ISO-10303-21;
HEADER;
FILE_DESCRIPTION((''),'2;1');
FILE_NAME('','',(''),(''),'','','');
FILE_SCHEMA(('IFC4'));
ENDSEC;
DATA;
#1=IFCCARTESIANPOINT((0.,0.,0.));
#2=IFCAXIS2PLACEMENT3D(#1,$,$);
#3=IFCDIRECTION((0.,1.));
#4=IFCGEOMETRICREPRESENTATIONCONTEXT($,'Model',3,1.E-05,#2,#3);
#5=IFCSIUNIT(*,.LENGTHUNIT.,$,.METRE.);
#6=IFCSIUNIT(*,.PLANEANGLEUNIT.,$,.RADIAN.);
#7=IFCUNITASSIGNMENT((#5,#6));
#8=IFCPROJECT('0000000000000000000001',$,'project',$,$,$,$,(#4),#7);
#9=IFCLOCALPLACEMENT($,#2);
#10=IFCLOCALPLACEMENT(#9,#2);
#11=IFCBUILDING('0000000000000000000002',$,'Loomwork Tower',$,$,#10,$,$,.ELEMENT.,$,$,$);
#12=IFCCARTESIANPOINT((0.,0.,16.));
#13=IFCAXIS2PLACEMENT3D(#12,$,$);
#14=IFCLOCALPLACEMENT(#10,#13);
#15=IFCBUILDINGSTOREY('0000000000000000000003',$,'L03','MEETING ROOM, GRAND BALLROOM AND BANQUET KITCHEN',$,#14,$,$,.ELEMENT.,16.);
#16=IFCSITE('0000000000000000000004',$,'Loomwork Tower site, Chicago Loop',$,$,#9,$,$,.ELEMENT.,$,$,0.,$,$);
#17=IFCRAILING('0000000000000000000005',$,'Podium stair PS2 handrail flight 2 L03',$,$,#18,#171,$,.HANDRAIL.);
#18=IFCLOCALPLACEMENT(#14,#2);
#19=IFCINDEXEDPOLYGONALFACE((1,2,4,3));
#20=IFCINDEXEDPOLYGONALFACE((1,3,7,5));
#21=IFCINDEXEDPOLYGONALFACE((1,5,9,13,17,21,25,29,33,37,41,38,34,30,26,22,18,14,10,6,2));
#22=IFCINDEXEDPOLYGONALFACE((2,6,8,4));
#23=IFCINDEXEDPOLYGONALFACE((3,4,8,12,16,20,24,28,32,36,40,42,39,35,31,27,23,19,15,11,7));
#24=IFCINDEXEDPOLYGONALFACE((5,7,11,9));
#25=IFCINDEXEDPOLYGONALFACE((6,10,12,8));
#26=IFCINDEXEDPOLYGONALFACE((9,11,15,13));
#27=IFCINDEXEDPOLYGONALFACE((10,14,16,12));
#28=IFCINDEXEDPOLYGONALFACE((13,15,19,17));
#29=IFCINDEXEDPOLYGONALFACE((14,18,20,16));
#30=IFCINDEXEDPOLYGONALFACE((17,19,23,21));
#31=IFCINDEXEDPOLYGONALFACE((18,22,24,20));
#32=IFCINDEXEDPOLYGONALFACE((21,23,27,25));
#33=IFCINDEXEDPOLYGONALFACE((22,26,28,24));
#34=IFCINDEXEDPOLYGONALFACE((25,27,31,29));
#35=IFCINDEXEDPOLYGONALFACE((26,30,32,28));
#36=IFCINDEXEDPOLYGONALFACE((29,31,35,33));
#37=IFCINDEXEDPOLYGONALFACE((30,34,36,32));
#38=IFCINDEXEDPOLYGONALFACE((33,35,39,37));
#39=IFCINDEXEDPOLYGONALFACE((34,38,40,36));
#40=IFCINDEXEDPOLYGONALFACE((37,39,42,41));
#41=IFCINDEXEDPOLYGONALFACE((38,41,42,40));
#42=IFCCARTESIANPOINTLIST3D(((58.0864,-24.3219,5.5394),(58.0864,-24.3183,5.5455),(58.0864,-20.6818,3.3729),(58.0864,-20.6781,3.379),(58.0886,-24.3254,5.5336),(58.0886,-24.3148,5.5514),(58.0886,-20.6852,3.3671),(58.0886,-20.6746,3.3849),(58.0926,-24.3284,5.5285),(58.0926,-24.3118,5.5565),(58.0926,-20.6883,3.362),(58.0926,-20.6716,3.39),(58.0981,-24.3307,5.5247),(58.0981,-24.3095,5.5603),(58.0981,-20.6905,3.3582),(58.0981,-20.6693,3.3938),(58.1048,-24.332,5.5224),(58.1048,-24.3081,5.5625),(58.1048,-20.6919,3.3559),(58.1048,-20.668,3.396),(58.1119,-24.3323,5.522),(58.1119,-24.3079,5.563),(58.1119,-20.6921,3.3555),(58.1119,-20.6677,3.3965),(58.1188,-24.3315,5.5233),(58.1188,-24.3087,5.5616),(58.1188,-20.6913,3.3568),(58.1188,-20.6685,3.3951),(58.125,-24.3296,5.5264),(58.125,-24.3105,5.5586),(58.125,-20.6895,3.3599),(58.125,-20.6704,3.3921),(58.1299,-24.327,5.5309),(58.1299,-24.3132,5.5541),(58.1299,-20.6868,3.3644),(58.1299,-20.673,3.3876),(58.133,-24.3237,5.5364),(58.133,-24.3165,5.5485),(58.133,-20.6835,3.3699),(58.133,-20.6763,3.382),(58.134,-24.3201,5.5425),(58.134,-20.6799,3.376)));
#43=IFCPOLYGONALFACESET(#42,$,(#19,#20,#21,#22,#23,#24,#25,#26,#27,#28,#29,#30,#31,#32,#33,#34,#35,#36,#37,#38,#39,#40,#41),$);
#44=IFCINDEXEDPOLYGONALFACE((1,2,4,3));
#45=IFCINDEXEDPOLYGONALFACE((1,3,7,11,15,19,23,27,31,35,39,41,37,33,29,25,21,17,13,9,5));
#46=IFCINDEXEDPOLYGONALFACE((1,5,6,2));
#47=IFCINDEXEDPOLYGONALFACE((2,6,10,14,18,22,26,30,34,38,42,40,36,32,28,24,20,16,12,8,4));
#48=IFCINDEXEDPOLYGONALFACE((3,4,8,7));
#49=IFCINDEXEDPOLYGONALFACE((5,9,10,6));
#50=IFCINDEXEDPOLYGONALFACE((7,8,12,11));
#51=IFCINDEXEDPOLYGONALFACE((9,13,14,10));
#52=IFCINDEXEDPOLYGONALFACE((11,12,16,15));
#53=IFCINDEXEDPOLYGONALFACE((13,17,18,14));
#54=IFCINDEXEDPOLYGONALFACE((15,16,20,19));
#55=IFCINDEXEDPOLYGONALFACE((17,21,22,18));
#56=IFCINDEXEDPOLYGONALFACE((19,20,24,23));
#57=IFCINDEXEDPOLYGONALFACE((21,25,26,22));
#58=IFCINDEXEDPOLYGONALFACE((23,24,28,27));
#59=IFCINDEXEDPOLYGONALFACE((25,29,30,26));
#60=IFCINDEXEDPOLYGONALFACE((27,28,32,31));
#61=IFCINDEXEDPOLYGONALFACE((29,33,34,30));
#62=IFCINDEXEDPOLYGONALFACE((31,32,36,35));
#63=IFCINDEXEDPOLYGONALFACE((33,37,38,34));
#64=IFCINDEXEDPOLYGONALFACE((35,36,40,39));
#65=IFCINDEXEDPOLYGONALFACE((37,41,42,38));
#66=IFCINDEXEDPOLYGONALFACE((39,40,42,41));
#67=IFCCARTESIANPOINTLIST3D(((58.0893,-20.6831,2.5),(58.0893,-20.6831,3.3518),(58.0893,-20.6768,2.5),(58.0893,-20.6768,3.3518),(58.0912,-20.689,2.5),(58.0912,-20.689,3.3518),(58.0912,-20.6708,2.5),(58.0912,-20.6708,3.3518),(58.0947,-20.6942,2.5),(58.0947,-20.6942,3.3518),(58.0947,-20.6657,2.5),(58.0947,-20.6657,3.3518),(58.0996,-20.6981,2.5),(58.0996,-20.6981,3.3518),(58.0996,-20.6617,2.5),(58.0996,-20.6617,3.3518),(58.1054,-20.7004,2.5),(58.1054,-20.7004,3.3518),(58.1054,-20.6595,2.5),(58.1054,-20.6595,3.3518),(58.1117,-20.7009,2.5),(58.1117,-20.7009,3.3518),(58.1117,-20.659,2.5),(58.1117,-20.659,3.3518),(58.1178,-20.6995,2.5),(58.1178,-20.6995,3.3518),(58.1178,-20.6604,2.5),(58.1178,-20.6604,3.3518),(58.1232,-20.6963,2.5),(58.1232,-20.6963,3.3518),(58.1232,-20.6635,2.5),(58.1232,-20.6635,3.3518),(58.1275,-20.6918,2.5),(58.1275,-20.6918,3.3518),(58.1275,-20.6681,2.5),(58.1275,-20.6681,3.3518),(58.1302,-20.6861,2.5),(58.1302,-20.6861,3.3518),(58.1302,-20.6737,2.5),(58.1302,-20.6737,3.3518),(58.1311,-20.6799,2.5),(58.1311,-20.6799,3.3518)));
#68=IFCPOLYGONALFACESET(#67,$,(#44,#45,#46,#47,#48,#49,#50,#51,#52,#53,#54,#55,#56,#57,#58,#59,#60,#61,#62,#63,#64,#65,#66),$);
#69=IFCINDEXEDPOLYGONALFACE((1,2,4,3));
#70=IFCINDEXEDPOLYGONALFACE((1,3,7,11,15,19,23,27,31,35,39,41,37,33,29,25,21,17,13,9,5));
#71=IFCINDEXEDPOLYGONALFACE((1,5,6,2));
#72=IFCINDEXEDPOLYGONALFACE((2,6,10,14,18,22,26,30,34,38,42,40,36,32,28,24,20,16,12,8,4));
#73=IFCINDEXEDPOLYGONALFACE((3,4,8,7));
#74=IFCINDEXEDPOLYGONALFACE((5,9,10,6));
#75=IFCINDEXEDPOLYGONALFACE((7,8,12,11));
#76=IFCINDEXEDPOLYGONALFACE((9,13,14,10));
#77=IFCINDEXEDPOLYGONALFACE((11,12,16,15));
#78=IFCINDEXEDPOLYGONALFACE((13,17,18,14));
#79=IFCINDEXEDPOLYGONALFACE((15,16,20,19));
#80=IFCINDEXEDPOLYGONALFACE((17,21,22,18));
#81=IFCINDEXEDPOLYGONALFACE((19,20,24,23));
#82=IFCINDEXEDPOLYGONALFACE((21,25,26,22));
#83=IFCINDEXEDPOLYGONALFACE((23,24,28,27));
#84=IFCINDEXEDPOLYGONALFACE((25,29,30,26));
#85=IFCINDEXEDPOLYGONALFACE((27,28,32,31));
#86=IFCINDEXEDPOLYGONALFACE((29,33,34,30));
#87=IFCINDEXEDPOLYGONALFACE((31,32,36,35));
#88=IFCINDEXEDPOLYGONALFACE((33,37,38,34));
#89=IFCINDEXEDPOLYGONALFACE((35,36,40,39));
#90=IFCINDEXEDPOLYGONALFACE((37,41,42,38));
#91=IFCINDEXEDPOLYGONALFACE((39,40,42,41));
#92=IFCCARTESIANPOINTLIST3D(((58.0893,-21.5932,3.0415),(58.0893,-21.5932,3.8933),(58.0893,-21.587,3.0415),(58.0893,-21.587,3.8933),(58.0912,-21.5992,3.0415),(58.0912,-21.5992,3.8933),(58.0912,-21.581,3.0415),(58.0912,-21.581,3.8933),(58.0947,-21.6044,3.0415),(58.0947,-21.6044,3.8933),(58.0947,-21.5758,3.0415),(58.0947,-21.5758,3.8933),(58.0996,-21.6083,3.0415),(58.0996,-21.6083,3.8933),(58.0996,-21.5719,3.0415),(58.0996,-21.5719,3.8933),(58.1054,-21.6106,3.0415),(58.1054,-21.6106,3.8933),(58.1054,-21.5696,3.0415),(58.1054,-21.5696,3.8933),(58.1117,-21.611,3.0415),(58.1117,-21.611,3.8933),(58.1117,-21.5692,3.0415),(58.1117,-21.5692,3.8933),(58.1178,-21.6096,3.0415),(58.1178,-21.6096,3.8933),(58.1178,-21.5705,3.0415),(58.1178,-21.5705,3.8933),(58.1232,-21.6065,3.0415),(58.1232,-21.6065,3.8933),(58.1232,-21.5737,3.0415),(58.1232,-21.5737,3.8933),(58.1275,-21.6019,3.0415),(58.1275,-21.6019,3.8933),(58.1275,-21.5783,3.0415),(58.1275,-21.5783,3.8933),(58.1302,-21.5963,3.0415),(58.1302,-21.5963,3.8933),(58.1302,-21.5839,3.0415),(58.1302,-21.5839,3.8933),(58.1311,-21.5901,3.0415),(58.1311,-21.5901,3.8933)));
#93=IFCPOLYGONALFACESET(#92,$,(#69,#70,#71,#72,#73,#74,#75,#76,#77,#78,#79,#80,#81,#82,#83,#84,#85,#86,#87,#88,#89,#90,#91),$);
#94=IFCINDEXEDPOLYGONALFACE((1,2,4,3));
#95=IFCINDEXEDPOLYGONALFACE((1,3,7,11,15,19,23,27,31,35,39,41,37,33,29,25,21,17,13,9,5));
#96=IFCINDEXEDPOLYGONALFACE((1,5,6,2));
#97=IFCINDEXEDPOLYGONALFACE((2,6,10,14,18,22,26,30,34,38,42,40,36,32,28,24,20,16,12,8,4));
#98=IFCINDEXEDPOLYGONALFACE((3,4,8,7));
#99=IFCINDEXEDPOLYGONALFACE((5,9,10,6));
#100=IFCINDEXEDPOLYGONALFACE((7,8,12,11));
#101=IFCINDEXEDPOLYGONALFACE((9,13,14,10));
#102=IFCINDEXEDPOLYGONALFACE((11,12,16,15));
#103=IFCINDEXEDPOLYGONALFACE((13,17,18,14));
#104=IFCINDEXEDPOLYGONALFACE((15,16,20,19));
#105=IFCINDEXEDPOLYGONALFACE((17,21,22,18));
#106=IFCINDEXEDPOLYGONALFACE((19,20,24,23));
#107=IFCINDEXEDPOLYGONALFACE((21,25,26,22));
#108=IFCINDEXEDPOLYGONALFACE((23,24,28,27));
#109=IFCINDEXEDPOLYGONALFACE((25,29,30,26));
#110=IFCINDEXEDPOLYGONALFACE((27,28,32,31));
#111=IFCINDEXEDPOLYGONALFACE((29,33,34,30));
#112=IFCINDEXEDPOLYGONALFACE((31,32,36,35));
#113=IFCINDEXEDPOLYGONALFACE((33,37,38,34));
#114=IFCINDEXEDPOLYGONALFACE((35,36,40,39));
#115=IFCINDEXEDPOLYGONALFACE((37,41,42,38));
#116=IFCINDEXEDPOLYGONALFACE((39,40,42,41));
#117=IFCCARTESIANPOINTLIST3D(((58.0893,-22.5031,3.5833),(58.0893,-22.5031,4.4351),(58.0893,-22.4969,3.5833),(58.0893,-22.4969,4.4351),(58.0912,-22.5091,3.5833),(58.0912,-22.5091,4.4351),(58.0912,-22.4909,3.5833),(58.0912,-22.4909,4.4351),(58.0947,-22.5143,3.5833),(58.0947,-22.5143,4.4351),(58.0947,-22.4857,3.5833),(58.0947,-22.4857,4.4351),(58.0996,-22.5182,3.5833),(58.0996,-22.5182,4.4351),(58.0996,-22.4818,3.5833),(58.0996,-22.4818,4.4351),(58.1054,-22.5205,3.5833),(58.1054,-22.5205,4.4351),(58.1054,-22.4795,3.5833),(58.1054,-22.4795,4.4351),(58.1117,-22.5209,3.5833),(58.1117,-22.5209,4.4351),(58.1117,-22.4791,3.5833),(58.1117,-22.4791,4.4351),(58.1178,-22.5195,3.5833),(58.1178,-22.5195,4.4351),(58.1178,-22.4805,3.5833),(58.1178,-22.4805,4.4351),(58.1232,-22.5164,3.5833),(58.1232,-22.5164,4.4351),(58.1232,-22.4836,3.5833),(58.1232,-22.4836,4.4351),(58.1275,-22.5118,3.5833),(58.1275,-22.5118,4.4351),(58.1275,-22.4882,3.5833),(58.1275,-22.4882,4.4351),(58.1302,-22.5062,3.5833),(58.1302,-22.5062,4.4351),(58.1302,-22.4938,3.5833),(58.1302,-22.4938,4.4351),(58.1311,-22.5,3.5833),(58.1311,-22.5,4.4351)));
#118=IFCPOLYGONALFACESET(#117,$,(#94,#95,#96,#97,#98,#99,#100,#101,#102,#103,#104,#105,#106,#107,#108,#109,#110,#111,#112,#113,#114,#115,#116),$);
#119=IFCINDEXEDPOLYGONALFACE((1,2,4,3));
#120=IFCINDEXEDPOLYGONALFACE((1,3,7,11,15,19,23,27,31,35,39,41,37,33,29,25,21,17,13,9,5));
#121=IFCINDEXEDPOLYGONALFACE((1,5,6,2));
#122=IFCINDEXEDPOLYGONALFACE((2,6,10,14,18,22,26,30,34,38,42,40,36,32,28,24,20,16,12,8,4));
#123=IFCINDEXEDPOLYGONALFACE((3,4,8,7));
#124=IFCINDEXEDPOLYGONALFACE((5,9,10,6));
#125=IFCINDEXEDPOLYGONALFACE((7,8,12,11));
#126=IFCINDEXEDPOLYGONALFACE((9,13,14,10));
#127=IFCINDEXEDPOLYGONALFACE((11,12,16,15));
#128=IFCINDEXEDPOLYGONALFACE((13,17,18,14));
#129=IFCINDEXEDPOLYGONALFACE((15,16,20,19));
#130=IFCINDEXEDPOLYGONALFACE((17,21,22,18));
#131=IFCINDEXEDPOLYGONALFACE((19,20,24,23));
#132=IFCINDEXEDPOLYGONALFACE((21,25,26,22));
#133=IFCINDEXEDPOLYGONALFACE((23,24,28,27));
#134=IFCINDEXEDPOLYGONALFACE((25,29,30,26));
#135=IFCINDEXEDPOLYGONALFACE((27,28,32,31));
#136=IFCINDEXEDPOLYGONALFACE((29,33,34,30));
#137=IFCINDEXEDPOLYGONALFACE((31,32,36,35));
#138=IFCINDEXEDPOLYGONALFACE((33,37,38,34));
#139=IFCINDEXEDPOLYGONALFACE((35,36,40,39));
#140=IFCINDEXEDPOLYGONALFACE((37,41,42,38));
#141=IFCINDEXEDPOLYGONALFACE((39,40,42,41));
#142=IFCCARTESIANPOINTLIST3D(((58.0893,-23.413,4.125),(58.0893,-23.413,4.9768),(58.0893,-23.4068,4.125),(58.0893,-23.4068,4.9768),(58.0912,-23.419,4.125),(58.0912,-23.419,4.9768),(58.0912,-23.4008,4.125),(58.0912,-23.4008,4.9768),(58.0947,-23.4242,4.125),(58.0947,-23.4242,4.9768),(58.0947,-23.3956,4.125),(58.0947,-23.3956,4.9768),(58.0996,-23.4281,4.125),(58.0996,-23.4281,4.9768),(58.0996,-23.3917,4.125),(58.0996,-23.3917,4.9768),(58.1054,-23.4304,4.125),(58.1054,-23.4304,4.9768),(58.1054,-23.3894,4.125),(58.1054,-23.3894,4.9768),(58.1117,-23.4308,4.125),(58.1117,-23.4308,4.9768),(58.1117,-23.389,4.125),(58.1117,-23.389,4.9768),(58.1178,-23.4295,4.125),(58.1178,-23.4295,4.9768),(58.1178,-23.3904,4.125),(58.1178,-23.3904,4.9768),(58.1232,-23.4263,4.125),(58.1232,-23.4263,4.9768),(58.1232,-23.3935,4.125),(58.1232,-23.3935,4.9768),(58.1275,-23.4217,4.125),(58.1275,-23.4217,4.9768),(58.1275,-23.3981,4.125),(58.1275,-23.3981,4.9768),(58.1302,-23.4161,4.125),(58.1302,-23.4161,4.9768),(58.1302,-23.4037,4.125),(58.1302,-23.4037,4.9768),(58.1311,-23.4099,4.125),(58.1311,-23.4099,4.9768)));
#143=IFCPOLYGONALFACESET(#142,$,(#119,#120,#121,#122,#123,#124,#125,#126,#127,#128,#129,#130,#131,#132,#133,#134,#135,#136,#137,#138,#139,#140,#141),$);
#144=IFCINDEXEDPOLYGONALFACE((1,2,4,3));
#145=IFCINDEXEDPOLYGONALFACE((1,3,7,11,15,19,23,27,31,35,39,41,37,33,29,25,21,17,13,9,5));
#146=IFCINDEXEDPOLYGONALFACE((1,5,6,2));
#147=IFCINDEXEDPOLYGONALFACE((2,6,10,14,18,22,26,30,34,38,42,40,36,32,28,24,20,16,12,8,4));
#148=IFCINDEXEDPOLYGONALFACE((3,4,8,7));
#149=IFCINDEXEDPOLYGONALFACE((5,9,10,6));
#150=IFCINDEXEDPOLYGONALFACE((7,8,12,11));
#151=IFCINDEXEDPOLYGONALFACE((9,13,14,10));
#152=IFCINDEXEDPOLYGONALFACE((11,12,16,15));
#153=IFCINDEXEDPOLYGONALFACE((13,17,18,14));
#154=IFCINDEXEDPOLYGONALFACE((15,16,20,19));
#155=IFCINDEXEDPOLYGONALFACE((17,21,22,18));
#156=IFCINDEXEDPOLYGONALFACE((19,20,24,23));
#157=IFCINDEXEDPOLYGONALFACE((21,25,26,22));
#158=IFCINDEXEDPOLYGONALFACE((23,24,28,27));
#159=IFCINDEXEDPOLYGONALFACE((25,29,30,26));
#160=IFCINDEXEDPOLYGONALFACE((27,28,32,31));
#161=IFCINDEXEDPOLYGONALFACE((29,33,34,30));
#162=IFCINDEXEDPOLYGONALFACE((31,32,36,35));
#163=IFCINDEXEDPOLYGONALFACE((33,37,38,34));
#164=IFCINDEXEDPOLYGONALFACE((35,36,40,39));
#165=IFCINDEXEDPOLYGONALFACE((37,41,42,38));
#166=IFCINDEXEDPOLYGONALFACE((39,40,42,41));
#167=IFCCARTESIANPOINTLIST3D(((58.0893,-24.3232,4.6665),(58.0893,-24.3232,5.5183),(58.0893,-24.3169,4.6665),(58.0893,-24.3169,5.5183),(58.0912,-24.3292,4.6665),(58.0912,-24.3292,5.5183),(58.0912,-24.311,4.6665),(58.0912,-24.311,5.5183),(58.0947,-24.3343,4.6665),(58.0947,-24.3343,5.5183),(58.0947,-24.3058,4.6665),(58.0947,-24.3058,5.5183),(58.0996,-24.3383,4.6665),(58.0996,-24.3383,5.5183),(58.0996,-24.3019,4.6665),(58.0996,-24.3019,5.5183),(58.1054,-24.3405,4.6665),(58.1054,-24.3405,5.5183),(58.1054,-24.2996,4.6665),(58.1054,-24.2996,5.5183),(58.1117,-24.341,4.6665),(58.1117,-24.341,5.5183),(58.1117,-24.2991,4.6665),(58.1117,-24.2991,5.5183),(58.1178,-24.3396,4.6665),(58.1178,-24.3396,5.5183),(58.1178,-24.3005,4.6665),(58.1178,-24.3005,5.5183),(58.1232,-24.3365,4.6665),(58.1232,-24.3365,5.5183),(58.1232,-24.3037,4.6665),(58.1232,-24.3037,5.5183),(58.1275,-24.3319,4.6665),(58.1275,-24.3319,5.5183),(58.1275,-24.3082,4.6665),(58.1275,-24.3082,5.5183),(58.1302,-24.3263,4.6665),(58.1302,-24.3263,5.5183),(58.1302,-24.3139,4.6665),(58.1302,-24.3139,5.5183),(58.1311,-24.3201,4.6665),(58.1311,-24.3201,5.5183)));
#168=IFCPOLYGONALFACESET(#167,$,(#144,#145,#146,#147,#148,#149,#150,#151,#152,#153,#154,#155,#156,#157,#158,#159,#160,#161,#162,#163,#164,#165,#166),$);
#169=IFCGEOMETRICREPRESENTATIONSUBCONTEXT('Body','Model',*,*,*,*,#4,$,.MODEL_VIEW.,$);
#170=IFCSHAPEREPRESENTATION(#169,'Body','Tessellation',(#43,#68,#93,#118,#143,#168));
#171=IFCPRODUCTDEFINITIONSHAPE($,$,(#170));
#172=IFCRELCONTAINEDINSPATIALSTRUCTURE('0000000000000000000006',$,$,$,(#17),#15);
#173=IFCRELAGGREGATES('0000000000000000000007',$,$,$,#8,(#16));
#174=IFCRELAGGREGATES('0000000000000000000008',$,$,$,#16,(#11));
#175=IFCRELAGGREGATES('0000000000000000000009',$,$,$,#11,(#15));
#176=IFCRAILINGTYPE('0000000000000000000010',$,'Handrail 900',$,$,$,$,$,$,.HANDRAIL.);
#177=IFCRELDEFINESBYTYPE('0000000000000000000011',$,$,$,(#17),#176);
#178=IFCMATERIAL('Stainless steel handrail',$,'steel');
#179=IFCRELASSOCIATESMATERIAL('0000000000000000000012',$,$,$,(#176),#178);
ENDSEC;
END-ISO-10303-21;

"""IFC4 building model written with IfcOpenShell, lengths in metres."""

from ifc_helpers import new_model, si_unit, direction, frame, origin, origin_2d, place, context, subcontext, project, spatial, circle, extrude, material, type_object, element, save


model = new_model("IFC4")

# Units and contexts
model_context = context("Model", 3, precision=1e-05, world=origin(), true_north=direction((0.0, 1.0)))
body_context = subcontext(model_context, "Body", "Model", "MODEL_VIEW")
ifc_project = project(units=[si_unit("LENGTHUNIT", "METRE"), si_unit("PLANEANGLEUNIT", "RADIAN")], contexts=[model_context])

# Site, building, storey
site_placement = place(None, origin())
site = spatial("IfcSite", under=ifc_project, at=site_placement, Name="Loomwork Tower site, Chicago Loop", CompositionType="ELEMENT", RefElevation=0.0)
building_placement = place(site_placement, origin())
building = spatial("IfcBuilding", under=site, at=building_placement, Name="Loomwork Tower", CompositionType="ELEMENT")
storey_placement = place(building_placement, frame((0.0, 0.0, 16.0)))
storey = spatial("IfcBuildingStorey", under=building, at=storey_placement, Name="L03", Description="MEETING ROOM, GRAND BALLROOM AND BANQUET KITCHEN", CompositionType="ELEMENT", Elevation=16.0)

# Railing
ifc_material_1 = material(Name="Stainless steel handrail", Category="steel")
railing_type = type_object("IfcRailingType", Name="Handrail 900", PredefinedType="HANDRAIL", material=ifc_material_1)
railing_1_placement = place(storey_placement, frame((58.1101, -20.6799, 2.5)))
element("IfcRailing", 1, at=railing_1_placement, inside=storey, type_object=railing_type, Name="Podium stair PS2 handrail flight 2 L03", PredefinedType="HANDRAIL", context=body_context, shape_type="SweptSolid", body=[
    extrude(circle(Radius=0.0239, at=origin_2d()), frame((0.0, 0.0, 0.876), z_axis=(0.0, -0.859318, 0.511441), x_axis=(1.0, 0.0, 0.0)), (0.0, 0.0, 1.0), 4.2361),
    extrude(circle(Radius=0.021, at=origin_2d()), origin(), (0.0, 0.0, 1.0), 0.8518),
    extrude(circle(Radius=0.021, at=origin_2d()), frame((0.0, -0.9102, 0.5415)), (0.0, 0.0, 1.0), 0.8518),
    extrude(circle(Radius=0.021, at=origin_2d()), frame((0.0, -1.8201, 1.0833)), (0.0, 0.0, 1.0), 0.8518),
    extrude(circle(Radius=0.021, at=origin_2d()), frame((0.0, -2.73, 1.625)), (0.0, 0.0, 1.0), 0.8518),
    extrude(circle(Radius=0.021, at=origin_2d()), frame((0.0, -3.6401, 2.1665)), (0.0, 0.0, 1.0), 0.8518),
])

save(model, "model.ifc")
